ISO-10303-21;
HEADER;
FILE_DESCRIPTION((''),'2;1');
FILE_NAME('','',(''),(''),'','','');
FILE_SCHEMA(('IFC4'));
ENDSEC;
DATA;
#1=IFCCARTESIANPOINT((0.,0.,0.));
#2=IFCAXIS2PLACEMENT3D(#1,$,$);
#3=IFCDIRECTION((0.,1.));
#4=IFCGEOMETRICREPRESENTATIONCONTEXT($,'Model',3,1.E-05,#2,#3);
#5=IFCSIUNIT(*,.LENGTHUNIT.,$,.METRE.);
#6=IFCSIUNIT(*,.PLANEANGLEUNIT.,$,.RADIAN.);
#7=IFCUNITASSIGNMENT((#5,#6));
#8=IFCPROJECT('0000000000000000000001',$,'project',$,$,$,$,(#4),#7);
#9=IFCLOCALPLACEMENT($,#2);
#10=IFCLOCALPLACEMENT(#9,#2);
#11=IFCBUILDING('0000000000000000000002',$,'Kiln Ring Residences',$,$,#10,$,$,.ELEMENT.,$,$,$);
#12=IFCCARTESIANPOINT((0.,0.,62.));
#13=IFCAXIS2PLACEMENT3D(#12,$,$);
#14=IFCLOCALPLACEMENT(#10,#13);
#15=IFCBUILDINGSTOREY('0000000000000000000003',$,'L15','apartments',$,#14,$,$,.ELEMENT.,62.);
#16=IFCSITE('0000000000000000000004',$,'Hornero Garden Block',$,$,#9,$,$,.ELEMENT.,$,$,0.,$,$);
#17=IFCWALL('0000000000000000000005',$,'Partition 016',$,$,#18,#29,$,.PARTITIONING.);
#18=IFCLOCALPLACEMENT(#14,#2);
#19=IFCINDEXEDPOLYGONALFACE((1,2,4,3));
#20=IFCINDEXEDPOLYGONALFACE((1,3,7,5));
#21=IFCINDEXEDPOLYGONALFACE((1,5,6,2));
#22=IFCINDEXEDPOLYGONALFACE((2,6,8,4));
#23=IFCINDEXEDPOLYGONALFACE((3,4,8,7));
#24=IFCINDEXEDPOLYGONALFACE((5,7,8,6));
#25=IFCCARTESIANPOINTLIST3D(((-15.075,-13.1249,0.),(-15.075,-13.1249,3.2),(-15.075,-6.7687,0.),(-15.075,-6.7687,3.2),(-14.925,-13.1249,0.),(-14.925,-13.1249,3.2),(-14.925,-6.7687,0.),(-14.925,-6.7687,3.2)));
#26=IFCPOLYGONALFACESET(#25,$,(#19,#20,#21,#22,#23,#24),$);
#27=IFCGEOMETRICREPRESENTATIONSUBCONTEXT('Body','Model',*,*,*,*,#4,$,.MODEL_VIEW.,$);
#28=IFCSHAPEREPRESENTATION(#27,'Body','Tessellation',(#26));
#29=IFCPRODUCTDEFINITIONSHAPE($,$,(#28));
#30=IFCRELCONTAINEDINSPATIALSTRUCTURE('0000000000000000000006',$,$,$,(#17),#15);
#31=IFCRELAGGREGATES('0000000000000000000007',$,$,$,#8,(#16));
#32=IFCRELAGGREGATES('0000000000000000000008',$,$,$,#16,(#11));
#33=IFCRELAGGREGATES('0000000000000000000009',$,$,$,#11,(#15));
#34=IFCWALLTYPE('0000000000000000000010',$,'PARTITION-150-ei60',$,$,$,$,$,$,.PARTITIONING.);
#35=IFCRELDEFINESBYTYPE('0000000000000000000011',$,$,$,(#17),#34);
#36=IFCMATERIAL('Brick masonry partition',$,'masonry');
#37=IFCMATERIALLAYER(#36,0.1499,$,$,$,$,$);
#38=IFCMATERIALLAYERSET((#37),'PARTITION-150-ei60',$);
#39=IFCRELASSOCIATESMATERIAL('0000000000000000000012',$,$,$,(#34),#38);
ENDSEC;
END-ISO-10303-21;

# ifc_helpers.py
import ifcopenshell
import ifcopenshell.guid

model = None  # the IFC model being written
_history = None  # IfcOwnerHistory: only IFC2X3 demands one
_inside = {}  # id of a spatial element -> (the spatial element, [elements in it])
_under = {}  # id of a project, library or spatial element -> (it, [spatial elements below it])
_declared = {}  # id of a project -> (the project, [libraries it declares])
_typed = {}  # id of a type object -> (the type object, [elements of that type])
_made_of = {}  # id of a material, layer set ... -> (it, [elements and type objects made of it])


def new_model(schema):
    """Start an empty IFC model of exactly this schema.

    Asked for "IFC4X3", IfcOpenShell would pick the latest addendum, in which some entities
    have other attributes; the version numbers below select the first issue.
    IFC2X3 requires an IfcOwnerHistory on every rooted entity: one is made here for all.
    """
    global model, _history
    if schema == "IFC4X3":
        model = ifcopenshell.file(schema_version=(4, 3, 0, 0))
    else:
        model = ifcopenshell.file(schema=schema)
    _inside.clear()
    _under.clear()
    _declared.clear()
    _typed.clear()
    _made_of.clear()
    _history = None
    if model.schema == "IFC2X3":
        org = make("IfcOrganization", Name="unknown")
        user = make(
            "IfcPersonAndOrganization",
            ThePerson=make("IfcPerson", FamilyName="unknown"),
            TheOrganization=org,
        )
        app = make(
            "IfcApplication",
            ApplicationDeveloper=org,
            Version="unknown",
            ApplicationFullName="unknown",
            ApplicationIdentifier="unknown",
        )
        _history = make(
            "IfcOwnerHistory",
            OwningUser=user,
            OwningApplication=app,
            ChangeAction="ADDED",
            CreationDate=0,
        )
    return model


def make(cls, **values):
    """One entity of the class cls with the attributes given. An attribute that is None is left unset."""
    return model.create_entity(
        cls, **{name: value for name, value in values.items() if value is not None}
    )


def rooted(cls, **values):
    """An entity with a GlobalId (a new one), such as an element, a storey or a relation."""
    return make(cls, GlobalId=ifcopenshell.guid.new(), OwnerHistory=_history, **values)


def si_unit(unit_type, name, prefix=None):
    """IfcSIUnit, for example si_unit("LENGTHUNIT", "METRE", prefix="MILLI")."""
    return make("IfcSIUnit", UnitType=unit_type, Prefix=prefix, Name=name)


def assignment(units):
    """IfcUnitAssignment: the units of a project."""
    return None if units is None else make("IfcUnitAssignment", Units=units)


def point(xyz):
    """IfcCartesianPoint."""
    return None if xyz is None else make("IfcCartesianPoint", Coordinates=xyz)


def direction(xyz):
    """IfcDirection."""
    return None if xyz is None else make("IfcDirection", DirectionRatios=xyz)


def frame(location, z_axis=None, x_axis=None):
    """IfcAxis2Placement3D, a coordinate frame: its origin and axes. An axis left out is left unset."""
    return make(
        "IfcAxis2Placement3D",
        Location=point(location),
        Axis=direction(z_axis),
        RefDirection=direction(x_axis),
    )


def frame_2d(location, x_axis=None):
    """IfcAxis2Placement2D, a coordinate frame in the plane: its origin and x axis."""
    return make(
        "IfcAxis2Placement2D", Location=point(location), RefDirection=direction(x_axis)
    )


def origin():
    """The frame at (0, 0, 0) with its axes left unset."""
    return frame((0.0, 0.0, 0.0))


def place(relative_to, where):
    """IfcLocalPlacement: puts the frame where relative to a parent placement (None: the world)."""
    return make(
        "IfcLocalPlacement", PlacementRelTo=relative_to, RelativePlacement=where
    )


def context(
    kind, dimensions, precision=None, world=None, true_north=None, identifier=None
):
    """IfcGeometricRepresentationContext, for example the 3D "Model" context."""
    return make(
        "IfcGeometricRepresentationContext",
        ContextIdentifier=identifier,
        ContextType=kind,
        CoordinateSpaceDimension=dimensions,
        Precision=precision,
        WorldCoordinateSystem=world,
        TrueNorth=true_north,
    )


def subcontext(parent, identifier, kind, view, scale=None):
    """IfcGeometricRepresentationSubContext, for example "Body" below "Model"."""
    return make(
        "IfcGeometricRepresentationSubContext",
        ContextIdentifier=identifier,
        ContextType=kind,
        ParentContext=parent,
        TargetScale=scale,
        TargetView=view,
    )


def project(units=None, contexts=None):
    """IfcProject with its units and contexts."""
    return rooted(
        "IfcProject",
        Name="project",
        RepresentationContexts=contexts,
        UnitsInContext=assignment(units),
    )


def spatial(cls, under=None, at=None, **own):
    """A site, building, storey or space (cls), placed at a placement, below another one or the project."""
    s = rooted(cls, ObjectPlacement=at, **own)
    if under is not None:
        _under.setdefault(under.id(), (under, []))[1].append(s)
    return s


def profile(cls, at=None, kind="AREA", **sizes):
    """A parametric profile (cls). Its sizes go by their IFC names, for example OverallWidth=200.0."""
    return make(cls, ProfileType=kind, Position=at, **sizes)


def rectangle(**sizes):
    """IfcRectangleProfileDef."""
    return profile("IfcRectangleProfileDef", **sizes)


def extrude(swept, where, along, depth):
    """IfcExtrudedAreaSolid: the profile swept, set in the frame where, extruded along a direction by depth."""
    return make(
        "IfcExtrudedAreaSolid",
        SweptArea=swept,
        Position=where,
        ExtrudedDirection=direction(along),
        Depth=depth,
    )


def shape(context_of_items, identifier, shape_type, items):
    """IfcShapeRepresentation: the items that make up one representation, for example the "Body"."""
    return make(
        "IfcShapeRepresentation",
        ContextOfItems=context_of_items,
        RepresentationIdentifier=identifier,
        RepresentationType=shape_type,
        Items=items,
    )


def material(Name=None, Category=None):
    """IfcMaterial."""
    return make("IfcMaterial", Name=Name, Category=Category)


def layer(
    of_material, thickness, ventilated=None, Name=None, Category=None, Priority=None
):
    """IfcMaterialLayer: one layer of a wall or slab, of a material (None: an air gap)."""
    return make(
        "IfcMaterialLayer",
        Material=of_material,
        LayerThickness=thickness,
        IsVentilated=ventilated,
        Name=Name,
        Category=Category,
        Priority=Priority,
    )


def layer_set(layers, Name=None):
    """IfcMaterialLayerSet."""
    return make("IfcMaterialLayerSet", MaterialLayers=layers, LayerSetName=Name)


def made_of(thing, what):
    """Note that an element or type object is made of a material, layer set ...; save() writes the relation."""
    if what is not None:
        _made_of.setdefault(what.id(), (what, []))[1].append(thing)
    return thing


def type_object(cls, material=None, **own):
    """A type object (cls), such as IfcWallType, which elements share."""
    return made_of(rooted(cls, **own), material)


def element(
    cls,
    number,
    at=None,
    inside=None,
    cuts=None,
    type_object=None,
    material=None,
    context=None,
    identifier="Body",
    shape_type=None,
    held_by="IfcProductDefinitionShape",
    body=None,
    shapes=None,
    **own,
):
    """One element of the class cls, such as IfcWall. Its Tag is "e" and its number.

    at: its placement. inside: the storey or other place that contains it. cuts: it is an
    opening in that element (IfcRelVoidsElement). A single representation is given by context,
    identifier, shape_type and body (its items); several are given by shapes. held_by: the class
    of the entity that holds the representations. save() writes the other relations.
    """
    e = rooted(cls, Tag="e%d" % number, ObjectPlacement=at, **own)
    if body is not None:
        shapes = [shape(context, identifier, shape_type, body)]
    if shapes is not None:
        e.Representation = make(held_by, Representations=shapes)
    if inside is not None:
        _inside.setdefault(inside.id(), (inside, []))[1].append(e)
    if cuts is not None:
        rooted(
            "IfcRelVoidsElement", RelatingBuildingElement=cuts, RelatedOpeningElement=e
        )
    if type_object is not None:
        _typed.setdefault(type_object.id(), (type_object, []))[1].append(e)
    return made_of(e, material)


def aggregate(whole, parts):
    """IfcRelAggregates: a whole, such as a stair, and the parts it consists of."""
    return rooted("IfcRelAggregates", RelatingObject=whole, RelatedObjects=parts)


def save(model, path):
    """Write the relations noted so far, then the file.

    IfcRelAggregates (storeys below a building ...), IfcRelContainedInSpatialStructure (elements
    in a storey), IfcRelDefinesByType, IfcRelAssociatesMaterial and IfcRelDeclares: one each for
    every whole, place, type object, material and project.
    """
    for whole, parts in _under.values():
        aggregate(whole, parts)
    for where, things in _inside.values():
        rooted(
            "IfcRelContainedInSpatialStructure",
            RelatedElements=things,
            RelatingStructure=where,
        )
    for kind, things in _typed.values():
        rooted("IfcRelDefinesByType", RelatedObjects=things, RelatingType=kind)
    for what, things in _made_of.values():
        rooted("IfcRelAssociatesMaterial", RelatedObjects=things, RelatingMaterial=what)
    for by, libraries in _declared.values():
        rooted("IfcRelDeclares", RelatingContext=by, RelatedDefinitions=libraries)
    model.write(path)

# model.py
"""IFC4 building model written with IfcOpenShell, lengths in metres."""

from ifc_helpers import new_model, si_unit, direction, frame, frame_2d, origin, place, context, subcontext, project, spatial, rectangle, extrude, material, layer, layer_set, type_object, element, save


model = new_model("IFC4")

# Units and contexts
model_context = context("Model", 3, precision=1e-05, world=origin(), true_north=direction((0.0, 1.0)))
body_context = subcontext(model_context, "Body", "Model", "MODEL_VIEW")
ifc_project = project(units=[si_unit("LENGTHUNIT", "METRE"), si_unit("PLANEANGLEUNIT", "RADIAN")], contexts=[model_context])

# Site, building, storey
site_placement = place(None, origin())
site = spatial("IfcSite", under=ifc_project, at=site_placement, Name="Hornero Garden Block", CompositionType="ELEMENT", RefElevation=0.0)
building_placement = place(site_placement, origin())
building = spatial("IfcBuilding", under=site, at=building_placement, Name="Kiln Ring Residences", CompositionType="ELEMENT")
storey_placement = place(building_placement, frame((0.0, 0.0, 62.0)))
storey = spatial("IfcBuildingStorey", under=building, at=storey_placement, Name="L15", Description="apartments", CompositionType="ELEMENT", Elevation=62.0)

# Shared definitions
ifc_material_1 = material(Name="Brick masonry partition", Category="masonry")
ifc_layer_1 = layer(ifc_material_1, 0.1499)
ifc_layer_set_1 = layer_set([ifc_layer_1], Name="PARTITION-150-ei60")
wall_type_1 = type_object("IfcWallType", Name="PARTITION-150-ei60", PredefinedType="PARTITIONING", material=ifc_layer_set_1)

# Wall
wall_1_placement = place(storey_placement, frame((-15.0, -13.125, 0.0), z_axis=(0.0, 0.0, 1.0), x_axis=(0.0, 1.0, 0.0)))
element("IfcWall", 1, at=wall_1_placement, inside=storey, type_object=wall_type_1, Name="Partition 016", PredefinedType="PARTITIONING", context=body_context, shape_type="SweptSolid", body=[
    extrude(rectangle(XDim=6.3562, YDim=0.1499, at=frame_2d((3.1782, 0.0))), origin(), (0.0, 0.0, 1.0), 3.2),
])

save(model, "model.ifc")
